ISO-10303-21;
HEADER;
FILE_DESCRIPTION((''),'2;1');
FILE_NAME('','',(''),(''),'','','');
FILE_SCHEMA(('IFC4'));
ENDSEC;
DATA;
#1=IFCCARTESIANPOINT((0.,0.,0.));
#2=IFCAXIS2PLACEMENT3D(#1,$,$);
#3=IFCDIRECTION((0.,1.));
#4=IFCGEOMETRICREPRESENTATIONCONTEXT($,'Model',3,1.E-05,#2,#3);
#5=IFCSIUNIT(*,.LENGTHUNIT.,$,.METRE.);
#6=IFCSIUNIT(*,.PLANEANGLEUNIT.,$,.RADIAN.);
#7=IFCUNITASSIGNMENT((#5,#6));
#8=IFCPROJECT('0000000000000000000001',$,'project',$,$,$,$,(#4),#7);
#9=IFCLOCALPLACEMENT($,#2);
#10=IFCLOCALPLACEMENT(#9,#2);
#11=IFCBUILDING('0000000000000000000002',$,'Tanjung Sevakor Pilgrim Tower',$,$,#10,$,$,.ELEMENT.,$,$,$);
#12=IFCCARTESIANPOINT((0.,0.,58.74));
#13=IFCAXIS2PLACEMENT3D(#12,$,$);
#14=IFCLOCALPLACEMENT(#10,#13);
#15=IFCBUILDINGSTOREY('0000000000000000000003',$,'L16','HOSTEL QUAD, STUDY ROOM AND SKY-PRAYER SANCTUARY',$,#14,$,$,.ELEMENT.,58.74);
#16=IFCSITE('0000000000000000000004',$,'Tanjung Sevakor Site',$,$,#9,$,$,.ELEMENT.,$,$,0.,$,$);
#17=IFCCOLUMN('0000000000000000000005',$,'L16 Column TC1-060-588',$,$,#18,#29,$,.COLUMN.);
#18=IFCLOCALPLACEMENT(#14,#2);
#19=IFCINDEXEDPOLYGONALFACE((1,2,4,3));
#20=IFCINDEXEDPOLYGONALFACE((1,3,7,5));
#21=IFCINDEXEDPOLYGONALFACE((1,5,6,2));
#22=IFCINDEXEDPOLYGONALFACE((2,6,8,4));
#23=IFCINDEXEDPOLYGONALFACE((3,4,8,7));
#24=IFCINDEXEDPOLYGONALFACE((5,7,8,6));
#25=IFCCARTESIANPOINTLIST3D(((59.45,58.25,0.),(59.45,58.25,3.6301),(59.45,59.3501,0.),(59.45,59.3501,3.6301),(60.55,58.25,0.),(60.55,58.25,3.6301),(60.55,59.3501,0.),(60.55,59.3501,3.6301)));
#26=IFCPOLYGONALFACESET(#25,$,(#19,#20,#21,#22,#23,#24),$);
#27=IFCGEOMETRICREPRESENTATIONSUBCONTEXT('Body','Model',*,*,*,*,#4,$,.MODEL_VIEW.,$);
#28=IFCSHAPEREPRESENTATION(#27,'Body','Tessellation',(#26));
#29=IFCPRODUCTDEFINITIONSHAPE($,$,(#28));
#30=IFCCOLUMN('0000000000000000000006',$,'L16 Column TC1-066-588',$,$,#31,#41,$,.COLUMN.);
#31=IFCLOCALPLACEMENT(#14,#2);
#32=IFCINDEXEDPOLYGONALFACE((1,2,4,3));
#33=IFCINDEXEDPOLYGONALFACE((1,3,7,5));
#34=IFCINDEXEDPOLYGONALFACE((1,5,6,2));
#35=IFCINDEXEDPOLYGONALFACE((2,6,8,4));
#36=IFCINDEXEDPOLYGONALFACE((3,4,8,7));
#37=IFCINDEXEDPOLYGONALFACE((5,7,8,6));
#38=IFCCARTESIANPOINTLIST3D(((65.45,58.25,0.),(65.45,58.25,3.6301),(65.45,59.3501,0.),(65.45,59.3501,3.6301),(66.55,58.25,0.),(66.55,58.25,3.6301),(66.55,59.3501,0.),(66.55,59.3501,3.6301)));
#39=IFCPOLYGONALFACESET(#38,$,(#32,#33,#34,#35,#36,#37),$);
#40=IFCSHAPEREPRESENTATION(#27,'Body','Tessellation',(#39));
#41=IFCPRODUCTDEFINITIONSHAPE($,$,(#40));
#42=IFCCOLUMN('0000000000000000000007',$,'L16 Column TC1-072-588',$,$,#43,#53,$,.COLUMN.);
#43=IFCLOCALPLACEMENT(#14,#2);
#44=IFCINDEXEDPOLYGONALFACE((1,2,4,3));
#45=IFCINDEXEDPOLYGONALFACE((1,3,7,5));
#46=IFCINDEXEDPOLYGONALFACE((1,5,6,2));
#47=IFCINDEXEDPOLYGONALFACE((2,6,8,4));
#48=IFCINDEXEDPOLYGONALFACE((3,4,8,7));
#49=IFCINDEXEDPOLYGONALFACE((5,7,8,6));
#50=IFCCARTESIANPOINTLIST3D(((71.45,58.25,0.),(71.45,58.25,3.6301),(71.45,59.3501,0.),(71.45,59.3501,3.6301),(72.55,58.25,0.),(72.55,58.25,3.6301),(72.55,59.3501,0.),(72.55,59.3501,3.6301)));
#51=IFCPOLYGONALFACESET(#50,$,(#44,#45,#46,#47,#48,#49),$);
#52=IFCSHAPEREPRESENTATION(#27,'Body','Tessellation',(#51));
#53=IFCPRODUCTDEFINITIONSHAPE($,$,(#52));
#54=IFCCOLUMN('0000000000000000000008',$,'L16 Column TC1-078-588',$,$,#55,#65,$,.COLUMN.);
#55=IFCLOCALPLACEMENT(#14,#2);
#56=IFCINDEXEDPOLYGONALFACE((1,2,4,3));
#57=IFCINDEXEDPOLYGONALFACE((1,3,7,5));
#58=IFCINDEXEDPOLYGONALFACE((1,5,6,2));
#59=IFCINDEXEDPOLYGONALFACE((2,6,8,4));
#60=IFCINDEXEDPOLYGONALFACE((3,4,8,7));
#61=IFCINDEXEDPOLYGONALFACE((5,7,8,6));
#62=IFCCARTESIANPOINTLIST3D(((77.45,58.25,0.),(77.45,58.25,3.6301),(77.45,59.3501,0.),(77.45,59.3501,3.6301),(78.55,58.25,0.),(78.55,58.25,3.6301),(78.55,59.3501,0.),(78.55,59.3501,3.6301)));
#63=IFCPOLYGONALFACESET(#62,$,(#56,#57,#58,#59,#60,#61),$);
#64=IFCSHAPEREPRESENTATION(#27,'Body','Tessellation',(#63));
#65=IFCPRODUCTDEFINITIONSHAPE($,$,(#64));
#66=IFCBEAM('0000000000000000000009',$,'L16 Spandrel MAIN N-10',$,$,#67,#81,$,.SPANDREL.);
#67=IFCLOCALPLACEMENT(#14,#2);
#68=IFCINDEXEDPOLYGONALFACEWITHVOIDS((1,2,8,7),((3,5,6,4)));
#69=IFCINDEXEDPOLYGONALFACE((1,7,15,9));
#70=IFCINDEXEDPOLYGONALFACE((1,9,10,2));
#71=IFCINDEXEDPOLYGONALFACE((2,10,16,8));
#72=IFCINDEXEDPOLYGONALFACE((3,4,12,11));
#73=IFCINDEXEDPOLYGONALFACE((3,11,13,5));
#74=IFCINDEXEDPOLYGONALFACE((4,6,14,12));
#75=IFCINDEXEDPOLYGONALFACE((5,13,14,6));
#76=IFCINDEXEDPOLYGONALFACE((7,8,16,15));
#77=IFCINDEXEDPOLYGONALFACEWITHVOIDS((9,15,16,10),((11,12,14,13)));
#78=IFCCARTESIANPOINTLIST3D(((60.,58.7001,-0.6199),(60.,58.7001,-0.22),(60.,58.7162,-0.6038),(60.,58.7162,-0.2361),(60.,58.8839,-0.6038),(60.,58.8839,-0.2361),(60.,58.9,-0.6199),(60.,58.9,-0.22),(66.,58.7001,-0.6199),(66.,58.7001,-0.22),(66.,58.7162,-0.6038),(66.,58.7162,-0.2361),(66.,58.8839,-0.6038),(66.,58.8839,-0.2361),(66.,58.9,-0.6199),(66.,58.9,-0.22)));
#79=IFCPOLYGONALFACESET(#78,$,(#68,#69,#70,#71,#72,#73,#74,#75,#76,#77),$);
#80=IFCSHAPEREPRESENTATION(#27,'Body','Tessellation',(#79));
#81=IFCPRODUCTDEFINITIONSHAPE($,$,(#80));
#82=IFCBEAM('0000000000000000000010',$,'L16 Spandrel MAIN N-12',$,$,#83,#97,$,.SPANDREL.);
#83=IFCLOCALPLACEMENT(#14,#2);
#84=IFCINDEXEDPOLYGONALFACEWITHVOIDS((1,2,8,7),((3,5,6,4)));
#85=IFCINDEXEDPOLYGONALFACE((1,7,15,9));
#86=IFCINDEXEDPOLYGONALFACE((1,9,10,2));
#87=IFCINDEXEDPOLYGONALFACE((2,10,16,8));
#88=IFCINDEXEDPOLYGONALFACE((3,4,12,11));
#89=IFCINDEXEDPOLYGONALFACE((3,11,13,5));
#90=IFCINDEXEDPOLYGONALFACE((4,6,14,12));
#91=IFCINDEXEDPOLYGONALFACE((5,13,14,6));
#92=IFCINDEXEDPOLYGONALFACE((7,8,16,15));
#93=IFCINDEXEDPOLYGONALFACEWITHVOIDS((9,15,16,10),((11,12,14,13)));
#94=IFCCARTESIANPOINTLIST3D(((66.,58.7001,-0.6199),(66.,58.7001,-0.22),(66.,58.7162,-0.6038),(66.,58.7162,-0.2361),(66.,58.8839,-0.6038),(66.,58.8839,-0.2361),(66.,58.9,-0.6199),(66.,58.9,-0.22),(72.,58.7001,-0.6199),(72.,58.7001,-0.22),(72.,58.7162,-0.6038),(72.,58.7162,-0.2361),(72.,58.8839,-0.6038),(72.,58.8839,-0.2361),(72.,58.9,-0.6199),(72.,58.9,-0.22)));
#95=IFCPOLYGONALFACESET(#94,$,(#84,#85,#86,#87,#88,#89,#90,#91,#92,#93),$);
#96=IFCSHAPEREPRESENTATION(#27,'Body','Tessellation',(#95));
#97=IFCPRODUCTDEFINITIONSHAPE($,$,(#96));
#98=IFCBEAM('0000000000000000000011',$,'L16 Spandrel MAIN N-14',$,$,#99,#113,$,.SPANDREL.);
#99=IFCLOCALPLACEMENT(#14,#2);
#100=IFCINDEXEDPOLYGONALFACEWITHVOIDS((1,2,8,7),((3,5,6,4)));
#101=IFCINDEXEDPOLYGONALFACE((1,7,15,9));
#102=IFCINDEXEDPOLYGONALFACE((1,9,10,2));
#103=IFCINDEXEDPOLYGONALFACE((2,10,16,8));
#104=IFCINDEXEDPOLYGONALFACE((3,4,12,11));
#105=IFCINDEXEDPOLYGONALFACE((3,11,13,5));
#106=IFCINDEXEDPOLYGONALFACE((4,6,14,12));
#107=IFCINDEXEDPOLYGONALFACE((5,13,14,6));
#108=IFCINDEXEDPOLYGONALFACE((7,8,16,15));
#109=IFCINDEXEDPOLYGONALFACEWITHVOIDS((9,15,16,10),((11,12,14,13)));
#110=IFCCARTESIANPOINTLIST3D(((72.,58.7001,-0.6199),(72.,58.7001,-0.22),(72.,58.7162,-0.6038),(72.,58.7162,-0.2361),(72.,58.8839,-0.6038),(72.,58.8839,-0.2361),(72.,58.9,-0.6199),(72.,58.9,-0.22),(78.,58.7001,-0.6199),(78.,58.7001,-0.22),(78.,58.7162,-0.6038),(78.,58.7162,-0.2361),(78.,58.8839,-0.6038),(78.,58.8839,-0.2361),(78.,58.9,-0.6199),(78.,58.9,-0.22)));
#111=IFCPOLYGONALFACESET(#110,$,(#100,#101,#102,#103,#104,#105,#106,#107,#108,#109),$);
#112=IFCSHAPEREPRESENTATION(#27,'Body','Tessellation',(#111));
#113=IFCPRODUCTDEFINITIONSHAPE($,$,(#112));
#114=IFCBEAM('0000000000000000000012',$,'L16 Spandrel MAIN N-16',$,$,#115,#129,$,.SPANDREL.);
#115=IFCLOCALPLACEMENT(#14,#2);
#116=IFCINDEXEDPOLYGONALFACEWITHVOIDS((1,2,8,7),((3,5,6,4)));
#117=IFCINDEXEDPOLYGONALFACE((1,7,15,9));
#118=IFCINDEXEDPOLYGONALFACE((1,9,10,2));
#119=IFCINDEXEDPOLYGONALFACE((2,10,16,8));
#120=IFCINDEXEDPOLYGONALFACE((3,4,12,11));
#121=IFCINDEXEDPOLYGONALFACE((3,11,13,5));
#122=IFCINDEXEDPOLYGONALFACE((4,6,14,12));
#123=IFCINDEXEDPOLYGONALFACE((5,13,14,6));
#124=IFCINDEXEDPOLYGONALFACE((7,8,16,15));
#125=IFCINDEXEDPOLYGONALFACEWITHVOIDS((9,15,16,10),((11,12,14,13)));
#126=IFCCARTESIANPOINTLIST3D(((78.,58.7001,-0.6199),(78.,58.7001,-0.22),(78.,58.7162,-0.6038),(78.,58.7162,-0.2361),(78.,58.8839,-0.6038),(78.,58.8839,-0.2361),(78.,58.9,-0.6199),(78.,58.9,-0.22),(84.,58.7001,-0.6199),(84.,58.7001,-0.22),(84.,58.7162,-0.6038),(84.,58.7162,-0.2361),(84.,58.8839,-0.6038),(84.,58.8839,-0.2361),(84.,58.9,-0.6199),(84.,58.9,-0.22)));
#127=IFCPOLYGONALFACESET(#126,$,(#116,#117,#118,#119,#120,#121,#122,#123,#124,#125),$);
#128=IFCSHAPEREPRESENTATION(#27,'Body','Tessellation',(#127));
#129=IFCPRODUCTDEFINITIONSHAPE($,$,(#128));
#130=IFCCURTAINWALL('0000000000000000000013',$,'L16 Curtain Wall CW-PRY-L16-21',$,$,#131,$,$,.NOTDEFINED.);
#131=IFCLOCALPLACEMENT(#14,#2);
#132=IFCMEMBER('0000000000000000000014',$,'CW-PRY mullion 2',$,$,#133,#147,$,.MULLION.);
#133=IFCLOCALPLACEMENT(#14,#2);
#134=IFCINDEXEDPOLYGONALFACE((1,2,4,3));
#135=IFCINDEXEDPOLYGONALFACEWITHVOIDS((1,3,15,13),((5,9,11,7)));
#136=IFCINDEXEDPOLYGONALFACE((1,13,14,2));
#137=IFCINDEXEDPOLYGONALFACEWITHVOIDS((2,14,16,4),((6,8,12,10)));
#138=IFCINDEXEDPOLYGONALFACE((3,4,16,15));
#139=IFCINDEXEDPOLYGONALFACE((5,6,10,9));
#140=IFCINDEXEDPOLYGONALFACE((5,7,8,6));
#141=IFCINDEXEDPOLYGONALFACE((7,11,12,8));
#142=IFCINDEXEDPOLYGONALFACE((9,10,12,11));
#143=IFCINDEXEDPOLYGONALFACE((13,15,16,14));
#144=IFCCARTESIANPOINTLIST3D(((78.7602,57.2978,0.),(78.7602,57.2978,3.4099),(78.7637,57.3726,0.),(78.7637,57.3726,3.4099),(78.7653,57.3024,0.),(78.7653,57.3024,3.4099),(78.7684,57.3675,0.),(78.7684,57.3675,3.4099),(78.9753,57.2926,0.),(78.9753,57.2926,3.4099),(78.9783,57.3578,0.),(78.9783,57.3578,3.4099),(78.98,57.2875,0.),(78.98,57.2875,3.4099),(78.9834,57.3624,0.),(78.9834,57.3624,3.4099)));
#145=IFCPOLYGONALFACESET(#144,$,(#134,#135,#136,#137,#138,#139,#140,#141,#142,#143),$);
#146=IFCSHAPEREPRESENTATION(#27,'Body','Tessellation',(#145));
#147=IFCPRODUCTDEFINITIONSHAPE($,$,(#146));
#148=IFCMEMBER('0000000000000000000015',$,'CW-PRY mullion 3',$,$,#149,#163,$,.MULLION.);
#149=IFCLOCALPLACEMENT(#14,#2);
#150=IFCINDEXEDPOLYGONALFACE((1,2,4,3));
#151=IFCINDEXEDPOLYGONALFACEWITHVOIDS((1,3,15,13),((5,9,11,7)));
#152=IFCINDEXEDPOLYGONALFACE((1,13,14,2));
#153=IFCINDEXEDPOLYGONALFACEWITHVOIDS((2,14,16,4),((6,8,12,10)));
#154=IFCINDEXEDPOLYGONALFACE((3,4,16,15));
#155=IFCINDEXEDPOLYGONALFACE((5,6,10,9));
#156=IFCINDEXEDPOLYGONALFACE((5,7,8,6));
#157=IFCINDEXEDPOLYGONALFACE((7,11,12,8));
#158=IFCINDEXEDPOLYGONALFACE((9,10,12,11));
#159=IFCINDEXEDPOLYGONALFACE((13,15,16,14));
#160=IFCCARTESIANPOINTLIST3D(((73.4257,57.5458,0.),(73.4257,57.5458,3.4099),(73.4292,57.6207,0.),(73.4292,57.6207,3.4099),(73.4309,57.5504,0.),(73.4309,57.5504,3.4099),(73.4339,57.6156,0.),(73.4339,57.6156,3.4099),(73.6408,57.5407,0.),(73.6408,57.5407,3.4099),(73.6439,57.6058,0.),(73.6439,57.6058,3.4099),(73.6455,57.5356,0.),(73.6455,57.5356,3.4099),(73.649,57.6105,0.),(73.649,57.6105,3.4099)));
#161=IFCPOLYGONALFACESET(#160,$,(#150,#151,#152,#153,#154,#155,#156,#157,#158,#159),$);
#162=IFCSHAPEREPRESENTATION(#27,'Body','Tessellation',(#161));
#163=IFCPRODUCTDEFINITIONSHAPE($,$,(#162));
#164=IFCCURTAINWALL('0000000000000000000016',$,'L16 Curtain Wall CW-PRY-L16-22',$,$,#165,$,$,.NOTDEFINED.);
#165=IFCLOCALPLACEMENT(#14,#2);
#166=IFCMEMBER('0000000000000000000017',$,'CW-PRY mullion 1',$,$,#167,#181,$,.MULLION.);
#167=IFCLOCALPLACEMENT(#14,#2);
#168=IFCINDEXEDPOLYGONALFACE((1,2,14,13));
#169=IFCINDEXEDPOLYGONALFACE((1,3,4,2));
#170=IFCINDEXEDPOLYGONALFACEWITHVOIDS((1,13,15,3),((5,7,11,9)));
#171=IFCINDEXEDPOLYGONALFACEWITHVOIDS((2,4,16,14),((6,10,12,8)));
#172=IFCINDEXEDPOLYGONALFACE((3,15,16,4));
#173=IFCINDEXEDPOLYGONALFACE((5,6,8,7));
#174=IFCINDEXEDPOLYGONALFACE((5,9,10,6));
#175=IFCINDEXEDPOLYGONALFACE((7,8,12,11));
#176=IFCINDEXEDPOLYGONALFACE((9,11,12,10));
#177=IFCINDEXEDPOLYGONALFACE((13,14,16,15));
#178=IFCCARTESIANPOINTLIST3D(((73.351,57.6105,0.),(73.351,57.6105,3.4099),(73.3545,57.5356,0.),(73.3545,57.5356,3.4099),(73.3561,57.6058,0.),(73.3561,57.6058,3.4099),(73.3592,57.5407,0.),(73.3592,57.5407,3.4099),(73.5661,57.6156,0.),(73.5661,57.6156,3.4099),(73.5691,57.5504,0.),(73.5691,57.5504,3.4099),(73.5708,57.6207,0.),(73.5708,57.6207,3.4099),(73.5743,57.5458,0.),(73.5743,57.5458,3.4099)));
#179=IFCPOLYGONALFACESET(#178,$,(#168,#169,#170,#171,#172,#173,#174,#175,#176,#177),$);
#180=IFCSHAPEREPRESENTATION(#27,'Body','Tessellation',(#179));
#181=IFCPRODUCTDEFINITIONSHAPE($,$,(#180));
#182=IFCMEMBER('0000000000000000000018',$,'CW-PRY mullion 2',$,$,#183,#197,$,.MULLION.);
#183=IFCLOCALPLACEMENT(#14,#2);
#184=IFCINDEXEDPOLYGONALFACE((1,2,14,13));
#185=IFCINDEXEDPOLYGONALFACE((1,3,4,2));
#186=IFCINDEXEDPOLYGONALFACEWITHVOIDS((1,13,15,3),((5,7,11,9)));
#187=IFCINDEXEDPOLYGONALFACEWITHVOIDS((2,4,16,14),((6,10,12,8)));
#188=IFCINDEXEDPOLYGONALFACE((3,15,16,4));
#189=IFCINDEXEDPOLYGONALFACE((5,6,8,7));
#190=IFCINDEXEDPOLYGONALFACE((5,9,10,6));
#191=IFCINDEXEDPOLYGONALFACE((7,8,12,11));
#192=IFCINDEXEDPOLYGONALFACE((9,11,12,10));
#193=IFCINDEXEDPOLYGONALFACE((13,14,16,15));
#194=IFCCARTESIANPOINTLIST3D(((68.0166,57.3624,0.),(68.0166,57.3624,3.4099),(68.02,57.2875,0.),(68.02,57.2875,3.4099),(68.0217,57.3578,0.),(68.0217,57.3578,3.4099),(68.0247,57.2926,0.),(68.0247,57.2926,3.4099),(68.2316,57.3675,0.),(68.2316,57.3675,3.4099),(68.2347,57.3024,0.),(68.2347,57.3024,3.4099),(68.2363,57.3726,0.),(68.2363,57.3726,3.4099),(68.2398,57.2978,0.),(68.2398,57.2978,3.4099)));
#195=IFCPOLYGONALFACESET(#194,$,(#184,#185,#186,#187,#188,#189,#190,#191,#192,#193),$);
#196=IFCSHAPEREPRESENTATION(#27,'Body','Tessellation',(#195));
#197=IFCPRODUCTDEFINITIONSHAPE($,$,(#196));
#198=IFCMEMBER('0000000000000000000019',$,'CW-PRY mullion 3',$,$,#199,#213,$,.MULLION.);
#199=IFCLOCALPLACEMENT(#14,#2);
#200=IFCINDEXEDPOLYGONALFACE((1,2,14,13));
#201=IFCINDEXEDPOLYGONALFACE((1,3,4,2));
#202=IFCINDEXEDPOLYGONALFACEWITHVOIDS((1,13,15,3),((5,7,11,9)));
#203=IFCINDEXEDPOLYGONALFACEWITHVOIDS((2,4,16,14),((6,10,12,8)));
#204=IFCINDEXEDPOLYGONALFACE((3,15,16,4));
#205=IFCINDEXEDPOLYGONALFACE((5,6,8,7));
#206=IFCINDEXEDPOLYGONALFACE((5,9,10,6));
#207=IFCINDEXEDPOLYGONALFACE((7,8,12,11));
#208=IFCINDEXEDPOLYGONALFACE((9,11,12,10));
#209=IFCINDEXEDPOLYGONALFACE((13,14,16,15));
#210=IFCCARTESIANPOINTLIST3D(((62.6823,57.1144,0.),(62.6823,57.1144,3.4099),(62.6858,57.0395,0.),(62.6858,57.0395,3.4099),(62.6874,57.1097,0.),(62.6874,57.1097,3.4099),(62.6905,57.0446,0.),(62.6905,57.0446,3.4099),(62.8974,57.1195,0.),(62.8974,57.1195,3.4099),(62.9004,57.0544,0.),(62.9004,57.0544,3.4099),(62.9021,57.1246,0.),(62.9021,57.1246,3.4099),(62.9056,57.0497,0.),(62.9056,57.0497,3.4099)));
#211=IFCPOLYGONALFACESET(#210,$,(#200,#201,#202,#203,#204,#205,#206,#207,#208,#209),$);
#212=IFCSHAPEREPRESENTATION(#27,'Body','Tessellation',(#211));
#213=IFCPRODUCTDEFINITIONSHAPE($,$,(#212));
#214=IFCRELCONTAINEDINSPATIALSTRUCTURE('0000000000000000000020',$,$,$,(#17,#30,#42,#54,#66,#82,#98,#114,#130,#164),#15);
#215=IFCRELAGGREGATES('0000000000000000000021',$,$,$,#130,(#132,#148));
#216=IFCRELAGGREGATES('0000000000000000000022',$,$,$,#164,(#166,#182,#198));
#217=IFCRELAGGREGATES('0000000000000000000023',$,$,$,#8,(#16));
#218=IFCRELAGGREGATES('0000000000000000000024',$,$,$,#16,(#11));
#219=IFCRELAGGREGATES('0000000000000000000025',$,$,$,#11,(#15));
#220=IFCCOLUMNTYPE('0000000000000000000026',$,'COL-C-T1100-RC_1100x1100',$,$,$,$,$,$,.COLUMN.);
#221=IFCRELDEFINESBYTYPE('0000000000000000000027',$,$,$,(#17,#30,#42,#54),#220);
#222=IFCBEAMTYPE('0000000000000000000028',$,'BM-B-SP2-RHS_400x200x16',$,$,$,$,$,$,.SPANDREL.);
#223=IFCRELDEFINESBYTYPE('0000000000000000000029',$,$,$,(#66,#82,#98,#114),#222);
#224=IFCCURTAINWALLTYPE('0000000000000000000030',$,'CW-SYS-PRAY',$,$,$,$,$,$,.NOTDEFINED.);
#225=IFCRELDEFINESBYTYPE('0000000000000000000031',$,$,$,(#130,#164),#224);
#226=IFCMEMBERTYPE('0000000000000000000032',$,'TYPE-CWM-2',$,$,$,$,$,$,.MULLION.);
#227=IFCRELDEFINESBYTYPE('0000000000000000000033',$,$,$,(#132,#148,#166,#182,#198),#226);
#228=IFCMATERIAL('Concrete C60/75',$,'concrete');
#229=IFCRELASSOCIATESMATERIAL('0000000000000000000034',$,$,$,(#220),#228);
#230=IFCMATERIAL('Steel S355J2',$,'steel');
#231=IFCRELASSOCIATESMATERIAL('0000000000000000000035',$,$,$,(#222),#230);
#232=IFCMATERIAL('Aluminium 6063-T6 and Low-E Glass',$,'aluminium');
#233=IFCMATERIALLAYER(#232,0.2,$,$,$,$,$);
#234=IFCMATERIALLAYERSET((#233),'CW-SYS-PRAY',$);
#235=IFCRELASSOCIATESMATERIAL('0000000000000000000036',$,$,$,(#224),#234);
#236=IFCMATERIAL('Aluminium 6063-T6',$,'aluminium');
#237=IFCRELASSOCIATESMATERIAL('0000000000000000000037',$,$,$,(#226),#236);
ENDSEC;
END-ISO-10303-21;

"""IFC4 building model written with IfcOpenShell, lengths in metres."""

from ifc_helpers import new_model, si_unit, direction, frame, origin, origin_2d, place, context, subcontext, project, spatial, rectangle, hollow_rectangle, extrude, material, layer, layer_set, material_profile, profile_set, type_object, element, aggregate, save


model = new_model("IFC4")

# Units and contexts
model_context = context("Model", 3, precision=1e-05, world=origin(), true_north=direction((0.0, 1.0)))
body_context = subcontext(model_context, "Body", "Model", "MODEL_VIEW")
ifc_project = project(units=[si_unit("LENGTHUNIT", "METRE"), si_unit("PLANEANGLEUNIT", "RADIAN")], contexts=[model_context])

# Site, building, storey
site_placement = place(None, origin())
site = spatial("IfcSite", under=ifc_project, at=site_placement, Name="Tanjung Sevakor Site", CompositionType="ELEMENT", RefElevation=0.0)
building_placement = place(site_placement, origin())
building = spatial("IfcBuilding", under=site, at=building_placement, Name="Tanjung Sevakor Pilgrim Tower", CompositionType="ELEMENT")
storey_placement = place(building_placement, frame((0.0, 0.0, 58.74)))
storey = spatial("IfcBuildingStorey", under=building, at=storey_placement, Name="L16", Description="HOSTEL QUAD, STUDY ROOM AND SKY-PRAYER SANCTUARY", CompositionType="ELEMENT", Elevation=58.74)

# Columns
ifc_material_1 = material(Name="Concrete C60/75", Category="concrete")
ifc_material_profile_1 = material_profile(ifc_material_1, rectangle(XDim=1.1001, YDim=1.1001, at=origin_2d()))
ifc_profile_set_1 = profile_set([ifc_material_profile_1], Name="Concrete C60/75")
column_type = type_object("IfcColumnType", Name="COL-C-T1100-RC_1100x1100", PredefinedType="COLUMN", material=ifc_profile_set_1)
for number, where, z_axis, x_axis, name in (
    (1, (60.0, 58.8, 0.0), (0.0, 0.0, 1.0), (1.0, 0.0, 0.0), "L16 Column TC1-060-588"),
    (2, (66.0, 58.8, 0.0), (0.0, 0.0, 1.0), (1.0, 0.0, 0.0), "L16 Column TC1-066-588"),
    (3, (72.0, 58.8, 0.0), (0.0, 0.0, 1.0), (1.0, 0.0, 0.0), "L16 Column TC1-072-588"),
    (4, (78.0, 58.8, 0.0), (0.0, 0.0, 1.0), (1.0, 0.0, 0.0), "L16 Column TC1-078-588"),
):
    element("IfcColumn", number, at=place(storey_placement, frame(where, z_axis=z_axis, x_axis=x_axis)), inside=storey, type_object=column_type, Name=name, PredefinedType="COLUMN", context=body_context, shape_type="SweptSolid", body=[
        extrude(rectangle(XDim=1.1001, YDim=1.1001, at=origin_2d()), origin(), (0.0, 0.0, 1.0), 3.6301),
    ])

# Beams
ifc_material_2 = material(Name="Steel S355J2", Category="steel")
ifc_material_profile_2 = material_profile(ifc_material_2, hollow_rectangle(XDim=0.2, YDim=0.3999, WallThickness=0.0161, at=origin_2d()))
ifc_profile_set_2 = profile_set([ifc_material_profile_2], Name="Steel S355J2")
beam_type = type_object("IfcBeamType", Name="BM-B-SP2-RHS_400x200x16", PredefinedType="SPANDREL", material=ifc_profile_set_2)
for number, where, z_axis, x_axis, name in (
    (5, (60.0, 58.8, -0.4199), (1.0, 0.0, 0.0), (0.0, 1.0, 0.0), "L16 Spandrel MAIN N-10"),
    (6, (66.0, 58.8, -0.4199), (1.0, 0.0, 0.0), (0.0, 1.0, 0.0), "L16 Spandrel MAIN N-12"),
    (7, (72.0, 58.8, -0.4199), (1.0, 0.0, 0.0), (0.0, 1.0, 0.0), "L16 Spandrel MAIN N-14"),
    (8, (78.0, 58.8, -0.4199), (1.0, 0.0, 0.0), (0.0, 1.0, 0.0), "L16 Spandrel MAIN N-16"),
):
    element("IfcBeam", number, at=place(storey_placement, frame(where, z_axis=z_axis, x_axis=x_axis)), inside=storey, type_object=beam_type, Name=name, PredefinedType="SPANDREL", context=body_context, shape_type="SweptSolid", body=[
        extrude(hollow_rectangle(XDim=0.2, YDim=0.3999, WallThickness=0.0161, at=origin_2d()), origin(), (0.0, 0.0, 1.0), 6.0),
    ])

# Curtain walls, members
ifc_material_3 = material(Name="Aluminium 6063-T6 and Low-E Glass", Category="aluminium")
ifc_layer_1 = layer(ifc_material_3, 0.2)
ifc_layer_set_1 = layer_set([ifc_layer_1], Name="CW-SYS-PRAY")
curtain_wall_type = type_object("IfcCurtainWallType", Name="CW-SYS-PRAY", PredefinedType="NOTDEFINED", material=ifc_layer_set_1)
curtain_wall_1_placement = place(storey_placement, origin())
curtain_wall_1 = element("IfcCurtainWall", 9, at=curtain_wall_1_placement, inside=storey, type_object=curtain_wall_type, Name="L16 Curtain Wall CW-PRY-L16-21", PredefinedType="NOTDEFINED")
ifc_material_4 = material(Name="Aluminium 6063-T6", Category="aluminium")
ifc_material_profile_3 = material_profile(ifc_material_4, hollow_rectangle(XDim=0.075, YDim=0.22, WallThickness=0.0049, at=origin_2d()))
ifc_profile_set_3 = profile_set([ifc_material_profile_3], Name="Aluminium 6063-T6")
member_type_1 = type_object("IfcMemberType", Name="TYPE-CWM-2", PredefinedType="MULLION", material=ifc_profile_set_3)
member_1_placement = place(storey_placement, frame((78.8718, 57.3301, 0.0), z_axis=(0.0, 0.0, 1.0), x_axis=(-0.046452, -0.998921, 0.0)))
member_1 = element("IfcMember", 10, at=member_1_placement, type_object=member_type_1, Name="CW-PRY mullion 2", PredefinedType="MULLION", context=body_context, shape_type="SweptSolid", body=[
    extrude(hollow_rectangle(XDim=0.075, YDim=0.22, WallThickness=0.0049, at=origin_2d()), origin(), (0.0, 0.0, 1.0), 3.4099),
])
member_2_placement = place(storey_placement, frame((73.5374, 57.5781, 0.0), z_axis=(0.0, 0.0, 1.0), x_axis=(-0.046452, -0.998921, 0.0)))
member_2 = element("IfcMember", 11, at=member_2_placement, type_object=member_type_1, Name="CW-PRY mullion 3", PredefinedType="MULLION", context=body_context, shape_type="SweptSolid", body=[
    extrude(hollow_rectangle(XDim=0.075, YDim=0.22, WallThickness=0.0049, at=origin_2d()), origin(), (0.0, 0.0, 1.0), 3.4099),
])
curtain_wall_2_placement = place(storey_placement, origin())
curtain_wall_2 = element("IfcCurtainWall", 12, at=curtain_wall_2_placement, inside=storey, type_object=curtain_wall_type, Name="L16 Curtain Wall CW-PRY-L16-22", PredefinedType="NOTDEFINED")
member_3_placement = place(storey_placement, frame((73.4626, 57.5781, 0.0), z_axis=(0.0, 0.0, 1.0), x_axis=(0.046452, -0.998921, 0.0)))
member_3 = element("IfcMember", 13, at=member_3_placement, type_object=member_type_1, Name="CW-PRY mullion 1", PredefinedType="MULLION", context=body_context, shape_type="SweptSolid", body=[
    extrude(hollow_rectangle(XDim=0.075, YDim=0.22, WallThickness=0.0049, at=origin_2d()), origin(), (0.0, 0.0, 1.0), 3.4099),
])
member_4_placement = place(storey_placement, frame((68.1282, 57.3301, 0.0), z_axis=(0.0, 0.0, 1.0), x_axis=(0.046452, -0.998921, 0.0)))
member_4 = element("IfcMember", 14, at=member_4_placement, type_object=member_type_1, Name="CW-PRY mullion 2", PredefinedType="MULLION", context=body_context, shape_type="SweptSolid", body=[
    extrude(hollow_rectangle(XDim=0.075, YDim=0.22, WallThickness=0.0049, at=origin_2d()), origin(), (0.0, 0.0, 1.0), 3.4099),
])
member_5_placement = place(storey_placement, frame((62.7939, 57.082, 0.0), z_axis=(0.0, 0.0, 1.0), x_axis=(0.046452, -0.998921, 0.0)))
member_5 = element("IfcMember", 15, at=member_5_placement, type_object=member_type_1, Name="CW-PRY mullion 3", PredefinedType="MULLION", context=body_context, shape_type="SweptSolid", body=[
    extrude(hollow_rectangle(XDim=0.075, YDim=0.22, WallThickness=0.0049, at=origin_2d()), origin(), (0.0, 0.0, 1.0), 3.4099),
])

aggregate(curtain_wall_1, [member_1, member_2])
aggregate(curtain_wall_2, [member_3, member_4, member_5])

save(model, "model.ifc")
